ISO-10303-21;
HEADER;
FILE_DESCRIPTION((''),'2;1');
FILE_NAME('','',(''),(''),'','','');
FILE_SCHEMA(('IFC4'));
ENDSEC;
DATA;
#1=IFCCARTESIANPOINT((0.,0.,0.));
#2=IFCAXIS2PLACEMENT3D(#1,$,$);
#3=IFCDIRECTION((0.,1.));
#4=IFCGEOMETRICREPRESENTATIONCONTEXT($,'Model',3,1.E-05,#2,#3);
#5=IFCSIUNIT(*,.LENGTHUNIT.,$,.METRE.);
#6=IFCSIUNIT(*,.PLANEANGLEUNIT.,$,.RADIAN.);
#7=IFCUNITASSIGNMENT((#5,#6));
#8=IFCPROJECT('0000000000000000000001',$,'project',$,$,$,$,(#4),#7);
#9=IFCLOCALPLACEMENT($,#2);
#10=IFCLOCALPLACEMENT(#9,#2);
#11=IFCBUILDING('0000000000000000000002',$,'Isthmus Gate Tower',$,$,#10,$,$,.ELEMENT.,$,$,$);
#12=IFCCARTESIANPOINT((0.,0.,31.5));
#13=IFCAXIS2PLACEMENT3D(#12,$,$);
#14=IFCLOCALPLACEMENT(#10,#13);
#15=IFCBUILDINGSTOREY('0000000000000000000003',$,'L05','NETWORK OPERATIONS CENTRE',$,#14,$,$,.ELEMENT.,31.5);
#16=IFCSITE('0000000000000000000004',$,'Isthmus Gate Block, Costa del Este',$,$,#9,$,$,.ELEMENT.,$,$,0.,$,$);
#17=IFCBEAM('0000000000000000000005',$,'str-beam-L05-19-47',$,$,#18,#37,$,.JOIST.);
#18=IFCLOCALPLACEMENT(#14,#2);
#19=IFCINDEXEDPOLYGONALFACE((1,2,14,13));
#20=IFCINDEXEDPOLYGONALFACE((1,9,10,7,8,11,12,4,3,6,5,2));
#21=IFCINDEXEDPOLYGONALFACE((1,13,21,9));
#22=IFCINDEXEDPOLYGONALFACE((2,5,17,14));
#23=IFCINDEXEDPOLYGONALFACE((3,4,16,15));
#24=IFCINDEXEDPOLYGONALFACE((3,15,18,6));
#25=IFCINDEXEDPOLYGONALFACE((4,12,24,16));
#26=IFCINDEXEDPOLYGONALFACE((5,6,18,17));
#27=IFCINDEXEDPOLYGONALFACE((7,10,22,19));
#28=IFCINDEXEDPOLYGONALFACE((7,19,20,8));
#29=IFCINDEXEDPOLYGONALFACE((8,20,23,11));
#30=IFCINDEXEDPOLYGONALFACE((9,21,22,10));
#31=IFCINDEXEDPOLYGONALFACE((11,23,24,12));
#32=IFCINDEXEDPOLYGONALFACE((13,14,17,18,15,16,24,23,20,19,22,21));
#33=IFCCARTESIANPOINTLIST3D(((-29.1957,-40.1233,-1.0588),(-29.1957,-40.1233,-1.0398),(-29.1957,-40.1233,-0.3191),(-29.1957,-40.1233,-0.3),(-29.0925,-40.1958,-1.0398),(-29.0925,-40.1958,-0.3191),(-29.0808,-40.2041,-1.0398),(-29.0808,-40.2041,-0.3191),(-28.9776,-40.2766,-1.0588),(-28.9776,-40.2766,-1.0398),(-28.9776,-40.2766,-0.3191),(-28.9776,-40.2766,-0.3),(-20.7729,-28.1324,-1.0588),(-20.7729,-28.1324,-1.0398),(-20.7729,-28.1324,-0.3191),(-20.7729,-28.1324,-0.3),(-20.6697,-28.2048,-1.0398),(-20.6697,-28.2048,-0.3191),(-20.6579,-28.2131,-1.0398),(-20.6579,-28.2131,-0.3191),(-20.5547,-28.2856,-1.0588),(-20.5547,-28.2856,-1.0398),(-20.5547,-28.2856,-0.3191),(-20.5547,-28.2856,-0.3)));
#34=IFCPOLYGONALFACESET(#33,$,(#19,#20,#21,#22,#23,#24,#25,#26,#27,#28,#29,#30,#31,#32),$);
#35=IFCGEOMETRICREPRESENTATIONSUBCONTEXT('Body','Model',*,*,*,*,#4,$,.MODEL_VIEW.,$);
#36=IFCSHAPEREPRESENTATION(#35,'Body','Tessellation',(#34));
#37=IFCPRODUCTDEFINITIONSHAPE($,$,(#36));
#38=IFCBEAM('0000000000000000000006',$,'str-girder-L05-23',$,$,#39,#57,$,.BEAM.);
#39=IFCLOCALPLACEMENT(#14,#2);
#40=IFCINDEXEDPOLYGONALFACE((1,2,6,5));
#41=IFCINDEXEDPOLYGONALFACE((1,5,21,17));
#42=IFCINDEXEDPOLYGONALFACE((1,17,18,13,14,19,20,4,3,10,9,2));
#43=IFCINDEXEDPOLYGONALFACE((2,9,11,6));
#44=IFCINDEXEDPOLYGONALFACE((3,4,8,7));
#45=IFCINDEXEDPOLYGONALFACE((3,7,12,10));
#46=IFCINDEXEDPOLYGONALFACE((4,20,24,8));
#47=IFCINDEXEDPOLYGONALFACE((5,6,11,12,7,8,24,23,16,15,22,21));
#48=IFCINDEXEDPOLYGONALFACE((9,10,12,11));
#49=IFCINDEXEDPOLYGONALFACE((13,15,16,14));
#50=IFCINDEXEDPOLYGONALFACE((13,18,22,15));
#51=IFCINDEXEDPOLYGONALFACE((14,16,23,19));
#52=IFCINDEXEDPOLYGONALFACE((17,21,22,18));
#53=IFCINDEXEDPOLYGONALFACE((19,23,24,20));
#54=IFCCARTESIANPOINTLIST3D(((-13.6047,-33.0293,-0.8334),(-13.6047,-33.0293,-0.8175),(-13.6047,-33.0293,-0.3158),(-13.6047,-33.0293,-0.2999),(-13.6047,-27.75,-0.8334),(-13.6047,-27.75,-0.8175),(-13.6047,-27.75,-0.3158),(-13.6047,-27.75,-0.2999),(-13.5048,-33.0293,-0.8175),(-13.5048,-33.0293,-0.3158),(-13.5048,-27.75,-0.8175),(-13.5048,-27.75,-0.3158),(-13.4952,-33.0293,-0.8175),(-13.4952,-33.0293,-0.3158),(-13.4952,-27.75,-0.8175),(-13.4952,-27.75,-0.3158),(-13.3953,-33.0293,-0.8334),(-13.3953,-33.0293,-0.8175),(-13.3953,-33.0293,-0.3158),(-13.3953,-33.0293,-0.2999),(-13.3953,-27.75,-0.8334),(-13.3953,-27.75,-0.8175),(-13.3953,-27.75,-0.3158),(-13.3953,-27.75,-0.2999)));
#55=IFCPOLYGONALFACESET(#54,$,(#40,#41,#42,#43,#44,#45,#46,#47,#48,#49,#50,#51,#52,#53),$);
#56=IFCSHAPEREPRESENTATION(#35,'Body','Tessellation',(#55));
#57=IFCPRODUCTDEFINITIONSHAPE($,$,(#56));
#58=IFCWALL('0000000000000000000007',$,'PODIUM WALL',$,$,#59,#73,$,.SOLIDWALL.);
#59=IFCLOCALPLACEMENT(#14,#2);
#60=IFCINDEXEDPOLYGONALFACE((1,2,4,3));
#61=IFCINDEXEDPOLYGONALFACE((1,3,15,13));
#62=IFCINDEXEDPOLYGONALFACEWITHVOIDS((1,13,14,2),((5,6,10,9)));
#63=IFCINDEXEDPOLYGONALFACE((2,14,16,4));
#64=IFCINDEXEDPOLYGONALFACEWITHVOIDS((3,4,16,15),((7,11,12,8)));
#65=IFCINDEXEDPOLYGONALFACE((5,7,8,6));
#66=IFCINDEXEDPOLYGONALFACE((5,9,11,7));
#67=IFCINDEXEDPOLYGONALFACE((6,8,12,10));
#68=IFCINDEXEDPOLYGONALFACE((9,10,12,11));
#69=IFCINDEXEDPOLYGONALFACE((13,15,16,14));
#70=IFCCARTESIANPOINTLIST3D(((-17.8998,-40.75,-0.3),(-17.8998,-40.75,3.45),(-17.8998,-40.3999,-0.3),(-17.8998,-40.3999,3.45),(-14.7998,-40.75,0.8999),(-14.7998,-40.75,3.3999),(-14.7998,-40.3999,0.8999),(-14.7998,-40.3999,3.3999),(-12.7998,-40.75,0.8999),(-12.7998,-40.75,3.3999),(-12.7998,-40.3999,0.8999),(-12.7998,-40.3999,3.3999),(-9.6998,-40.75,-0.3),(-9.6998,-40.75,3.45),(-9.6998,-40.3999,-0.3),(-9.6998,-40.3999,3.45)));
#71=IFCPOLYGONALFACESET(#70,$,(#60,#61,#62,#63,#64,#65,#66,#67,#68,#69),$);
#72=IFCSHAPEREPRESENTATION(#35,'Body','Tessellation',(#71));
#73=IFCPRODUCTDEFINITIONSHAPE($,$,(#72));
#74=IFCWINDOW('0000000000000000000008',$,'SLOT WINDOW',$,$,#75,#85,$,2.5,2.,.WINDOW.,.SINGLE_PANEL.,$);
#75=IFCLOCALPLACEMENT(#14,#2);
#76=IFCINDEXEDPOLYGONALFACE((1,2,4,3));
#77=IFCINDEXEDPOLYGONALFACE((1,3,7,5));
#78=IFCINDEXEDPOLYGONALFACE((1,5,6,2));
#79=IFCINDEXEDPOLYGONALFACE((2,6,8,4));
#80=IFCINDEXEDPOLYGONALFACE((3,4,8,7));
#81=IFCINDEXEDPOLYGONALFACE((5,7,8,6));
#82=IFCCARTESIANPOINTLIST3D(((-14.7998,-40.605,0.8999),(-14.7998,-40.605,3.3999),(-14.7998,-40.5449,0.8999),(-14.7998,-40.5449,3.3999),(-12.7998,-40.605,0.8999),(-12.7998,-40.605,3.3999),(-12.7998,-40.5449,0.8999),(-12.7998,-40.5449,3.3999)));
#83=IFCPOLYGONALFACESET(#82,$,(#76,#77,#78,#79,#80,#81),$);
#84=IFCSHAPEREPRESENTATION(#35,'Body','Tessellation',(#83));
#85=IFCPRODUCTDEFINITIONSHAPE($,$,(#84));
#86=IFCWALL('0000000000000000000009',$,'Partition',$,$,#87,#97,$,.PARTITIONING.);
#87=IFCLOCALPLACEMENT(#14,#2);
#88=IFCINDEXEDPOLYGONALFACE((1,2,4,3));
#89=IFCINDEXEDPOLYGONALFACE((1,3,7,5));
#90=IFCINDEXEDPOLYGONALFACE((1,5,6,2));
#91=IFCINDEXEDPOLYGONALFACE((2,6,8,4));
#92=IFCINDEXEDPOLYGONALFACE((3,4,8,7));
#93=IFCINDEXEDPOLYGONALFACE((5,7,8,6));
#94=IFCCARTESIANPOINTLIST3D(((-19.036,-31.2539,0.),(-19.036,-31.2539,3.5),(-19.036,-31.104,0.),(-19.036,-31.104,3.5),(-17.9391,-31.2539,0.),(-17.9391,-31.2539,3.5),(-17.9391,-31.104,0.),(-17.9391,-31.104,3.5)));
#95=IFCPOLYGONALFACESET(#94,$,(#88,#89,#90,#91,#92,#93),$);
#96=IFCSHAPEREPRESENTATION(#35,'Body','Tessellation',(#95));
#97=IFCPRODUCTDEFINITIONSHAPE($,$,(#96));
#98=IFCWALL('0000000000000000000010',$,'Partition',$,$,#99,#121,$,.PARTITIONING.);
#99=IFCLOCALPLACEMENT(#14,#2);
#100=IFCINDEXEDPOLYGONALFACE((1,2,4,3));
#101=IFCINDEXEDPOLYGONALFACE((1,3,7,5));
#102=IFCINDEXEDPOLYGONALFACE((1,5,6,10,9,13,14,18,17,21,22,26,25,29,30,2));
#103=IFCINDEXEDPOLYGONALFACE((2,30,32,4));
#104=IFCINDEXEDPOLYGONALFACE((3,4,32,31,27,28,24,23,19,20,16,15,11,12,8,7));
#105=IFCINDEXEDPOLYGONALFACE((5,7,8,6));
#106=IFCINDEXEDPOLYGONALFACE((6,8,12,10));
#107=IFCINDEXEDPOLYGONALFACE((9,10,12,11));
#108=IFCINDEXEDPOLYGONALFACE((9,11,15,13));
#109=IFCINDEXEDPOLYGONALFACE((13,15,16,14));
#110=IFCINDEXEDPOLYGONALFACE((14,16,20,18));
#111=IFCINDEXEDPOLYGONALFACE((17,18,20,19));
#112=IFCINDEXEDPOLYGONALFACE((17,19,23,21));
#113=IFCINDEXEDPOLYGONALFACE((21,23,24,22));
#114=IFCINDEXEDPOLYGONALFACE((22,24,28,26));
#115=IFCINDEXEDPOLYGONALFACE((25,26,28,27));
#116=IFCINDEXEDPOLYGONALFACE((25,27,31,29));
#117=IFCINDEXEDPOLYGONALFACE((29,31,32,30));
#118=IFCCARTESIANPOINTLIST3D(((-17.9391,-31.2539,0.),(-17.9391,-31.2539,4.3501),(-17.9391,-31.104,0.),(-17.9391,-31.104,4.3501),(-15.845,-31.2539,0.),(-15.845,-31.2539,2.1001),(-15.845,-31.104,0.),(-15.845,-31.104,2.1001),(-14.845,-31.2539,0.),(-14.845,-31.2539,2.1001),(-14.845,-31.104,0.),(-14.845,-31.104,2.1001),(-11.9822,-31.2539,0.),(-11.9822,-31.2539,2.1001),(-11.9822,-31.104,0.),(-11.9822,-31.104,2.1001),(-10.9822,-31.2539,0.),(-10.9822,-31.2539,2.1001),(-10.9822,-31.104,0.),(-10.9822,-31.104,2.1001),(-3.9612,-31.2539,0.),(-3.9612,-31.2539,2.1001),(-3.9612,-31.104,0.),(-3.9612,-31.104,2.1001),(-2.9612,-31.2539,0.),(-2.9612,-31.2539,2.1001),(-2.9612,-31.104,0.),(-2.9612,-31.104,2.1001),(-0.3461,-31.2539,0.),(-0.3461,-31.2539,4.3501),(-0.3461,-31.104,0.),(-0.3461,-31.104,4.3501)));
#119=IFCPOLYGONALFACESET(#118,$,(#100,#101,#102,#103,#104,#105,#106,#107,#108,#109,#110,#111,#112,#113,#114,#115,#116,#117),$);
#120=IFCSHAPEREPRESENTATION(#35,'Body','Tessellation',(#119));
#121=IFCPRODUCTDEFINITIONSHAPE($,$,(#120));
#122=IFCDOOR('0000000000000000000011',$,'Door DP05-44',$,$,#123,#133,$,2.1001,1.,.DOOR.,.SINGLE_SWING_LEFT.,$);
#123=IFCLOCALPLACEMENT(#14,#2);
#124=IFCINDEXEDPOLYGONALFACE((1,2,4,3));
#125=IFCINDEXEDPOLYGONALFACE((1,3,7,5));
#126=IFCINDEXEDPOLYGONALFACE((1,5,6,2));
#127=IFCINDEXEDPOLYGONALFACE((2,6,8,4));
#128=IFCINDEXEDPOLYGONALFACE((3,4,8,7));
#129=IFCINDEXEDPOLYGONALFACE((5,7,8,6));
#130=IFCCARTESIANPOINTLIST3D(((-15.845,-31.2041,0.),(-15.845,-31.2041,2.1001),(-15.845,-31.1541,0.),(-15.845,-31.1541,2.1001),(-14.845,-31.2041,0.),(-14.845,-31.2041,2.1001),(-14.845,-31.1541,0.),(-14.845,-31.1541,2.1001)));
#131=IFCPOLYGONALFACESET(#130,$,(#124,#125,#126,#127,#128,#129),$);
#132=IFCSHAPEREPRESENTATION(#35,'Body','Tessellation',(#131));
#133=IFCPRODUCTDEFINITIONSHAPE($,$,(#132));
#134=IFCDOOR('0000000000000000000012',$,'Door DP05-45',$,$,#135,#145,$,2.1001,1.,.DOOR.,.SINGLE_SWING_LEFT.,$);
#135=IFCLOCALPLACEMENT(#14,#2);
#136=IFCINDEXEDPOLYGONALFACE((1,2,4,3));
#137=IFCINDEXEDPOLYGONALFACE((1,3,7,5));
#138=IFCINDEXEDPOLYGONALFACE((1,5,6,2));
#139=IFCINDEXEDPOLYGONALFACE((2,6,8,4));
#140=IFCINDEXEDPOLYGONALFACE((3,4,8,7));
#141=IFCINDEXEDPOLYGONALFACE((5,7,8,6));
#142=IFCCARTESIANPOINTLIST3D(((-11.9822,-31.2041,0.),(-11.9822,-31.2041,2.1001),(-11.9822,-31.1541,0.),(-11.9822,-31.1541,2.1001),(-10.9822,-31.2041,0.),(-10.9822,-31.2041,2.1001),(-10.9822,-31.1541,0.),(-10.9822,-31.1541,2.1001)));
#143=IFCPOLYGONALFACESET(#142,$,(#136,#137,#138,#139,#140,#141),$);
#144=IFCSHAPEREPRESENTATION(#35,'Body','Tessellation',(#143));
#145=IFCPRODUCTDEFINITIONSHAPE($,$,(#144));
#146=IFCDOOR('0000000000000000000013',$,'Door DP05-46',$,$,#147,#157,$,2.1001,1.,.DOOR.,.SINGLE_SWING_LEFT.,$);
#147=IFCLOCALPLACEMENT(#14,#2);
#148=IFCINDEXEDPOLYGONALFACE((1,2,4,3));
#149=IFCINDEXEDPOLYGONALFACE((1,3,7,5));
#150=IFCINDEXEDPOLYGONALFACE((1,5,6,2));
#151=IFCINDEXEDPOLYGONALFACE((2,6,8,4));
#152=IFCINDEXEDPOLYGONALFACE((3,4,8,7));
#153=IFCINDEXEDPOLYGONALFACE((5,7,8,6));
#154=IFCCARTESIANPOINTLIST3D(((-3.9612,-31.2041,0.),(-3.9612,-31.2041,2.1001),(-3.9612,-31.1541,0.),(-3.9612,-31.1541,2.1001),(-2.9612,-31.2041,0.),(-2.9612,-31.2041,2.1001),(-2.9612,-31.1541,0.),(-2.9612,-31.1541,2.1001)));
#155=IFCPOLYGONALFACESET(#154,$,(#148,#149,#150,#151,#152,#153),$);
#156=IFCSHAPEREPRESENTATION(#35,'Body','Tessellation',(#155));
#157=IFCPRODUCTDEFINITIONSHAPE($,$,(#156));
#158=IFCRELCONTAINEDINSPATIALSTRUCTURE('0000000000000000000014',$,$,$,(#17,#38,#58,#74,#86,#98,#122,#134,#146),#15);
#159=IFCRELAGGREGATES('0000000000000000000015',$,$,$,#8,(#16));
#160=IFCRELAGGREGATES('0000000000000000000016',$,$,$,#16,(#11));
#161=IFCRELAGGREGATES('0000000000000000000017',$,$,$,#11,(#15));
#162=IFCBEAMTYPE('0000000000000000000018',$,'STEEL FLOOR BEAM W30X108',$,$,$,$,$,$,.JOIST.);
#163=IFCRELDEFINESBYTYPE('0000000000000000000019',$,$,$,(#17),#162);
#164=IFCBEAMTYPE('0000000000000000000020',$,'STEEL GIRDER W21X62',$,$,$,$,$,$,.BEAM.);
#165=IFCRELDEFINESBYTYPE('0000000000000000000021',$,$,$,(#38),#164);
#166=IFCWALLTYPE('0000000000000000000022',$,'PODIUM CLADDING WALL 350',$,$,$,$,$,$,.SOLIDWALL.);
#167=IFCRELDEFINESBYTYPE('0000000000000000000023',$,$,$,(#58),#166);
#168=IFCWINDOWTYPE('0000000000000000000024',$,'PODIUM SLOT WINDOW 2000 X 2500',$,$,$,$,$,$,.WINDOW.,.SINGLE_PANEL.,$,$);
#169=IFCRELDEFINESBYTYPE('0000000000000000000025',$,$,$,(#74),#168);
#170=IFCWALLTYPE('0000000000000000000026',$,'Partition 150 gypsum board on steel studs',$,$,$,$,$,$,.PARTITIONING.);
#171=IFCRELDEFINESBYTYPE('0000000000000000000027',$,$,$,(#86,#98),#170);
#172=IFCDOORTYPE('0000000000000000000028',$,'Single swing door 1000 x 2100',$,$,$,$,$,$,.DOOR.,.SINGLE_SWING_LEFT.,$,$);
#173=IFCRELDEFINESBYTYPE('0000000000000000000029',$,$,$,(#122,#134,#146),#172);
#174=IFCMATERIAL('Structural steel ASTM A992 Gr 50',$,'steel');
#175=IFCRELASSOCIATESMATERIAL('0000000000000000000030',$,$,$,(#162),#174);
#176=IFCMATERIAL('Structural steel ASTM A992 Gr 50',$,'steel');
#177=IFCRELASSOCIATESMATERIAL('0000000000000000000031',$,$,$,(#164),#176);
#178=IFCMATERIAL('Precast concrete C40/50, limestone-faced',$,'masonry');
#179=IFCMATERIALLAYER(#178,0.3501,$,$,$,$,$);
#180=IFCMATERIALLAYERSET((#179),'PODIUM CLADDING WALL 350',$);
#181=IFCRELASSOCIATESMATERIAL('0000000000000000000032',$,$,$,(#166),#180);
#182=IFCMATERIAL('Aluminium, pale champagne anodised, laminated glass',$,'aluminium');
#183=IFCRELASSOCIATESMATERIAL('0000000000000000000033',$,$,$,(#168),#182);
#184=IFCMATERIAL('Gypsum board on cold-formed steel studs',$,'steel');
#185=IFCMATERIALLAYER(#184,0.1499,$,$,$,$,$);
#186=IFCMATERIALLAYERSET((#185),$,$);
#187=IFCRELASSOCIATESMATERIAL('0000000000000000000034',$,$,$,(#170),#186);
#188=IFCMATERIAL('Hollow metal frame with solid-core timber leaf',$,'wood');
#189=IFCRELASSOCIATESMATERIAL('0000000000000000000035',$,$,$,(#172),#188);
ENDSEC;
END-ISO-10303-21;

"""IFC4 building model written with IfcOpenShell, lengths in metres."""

from ifc_helpers import new_model, si_unit, direction, frame, frame_2d, origin, origin_2d, place, context, subcontext, project, spatial, rectangle, i_section, extrude, material, layer, layer_set, material_profile, profile_set, type_object, element, fill, save


model = new_model("IFC4")

# Units and contexts
model_context = context("Model", 3, precision=1e-05, world=origin(), true_north=direction((0.0, 1.0)))
body_context = subcontext(model_context, "Body", "Model", "MODEL_VIEW")
ifc_project = project(units=[si_unit("LENGTHUNIT", "METRE"), si_unit("PLANEANGLEUNIT", "RADIAN")], contexts=[model_context])

# Site, building, storey
site_placement = place(None, origin())
site = spatial("IfcSite", under=ifc_project, at=site_placement, Name="Isthmus Gate Block, Costa del Este", CompositionType="ELEMENT", RefElevation=0.0)
building_placement = place(site_placement, origin())
building = spatial("IfcBuilding", under=site, at=building_placement, Name="Isthmus Gate Tower", CompositionType="ELEMENT")
storey_placement = place(building_placement, frame((0.0, 0.0, 31.5)))
storey = spatial("IfcBuildingStorey", under=building, at=storey_placement, Name="L05", Description="NETWORK OPERATIONS CENTRE", CompositionType="ELEMENT", Elevation=31.5)

# Beams
ifc_material_1 = material(Name="Structural steel ASTM A992 Gr 50", Category="steel")
ifc_material_profile_1 = material_profile(ifc_material_1, i_section(OverallWidth=0.2666, OverallDepth=0.7588, WebThickness=0.0144, FlangeThickness=0.019, at=origin_2d()), Name="W30X108")
ifc_profile_set_1 = profile_set([ifc_material_profile_1], Name="Structural steel ASTM A992 Gr 50")
beam_type_1 = type_object("IfcBeamType", Name="STEEL FLOOR BEAM W30X108", PredefinedType="JOIST", material=ifc_profile_set_1)
beam_1_placement = place(storey_placement, frame((-20.6638, -28.209, -0.6794), z_axis=(-0.574798, -0.818295, 0.0), x_axis=(0.818295, -0.574798, 0.0)))
element("IfcBeam", 1, at=beam_1_placement, inside=storey, type_object=beam_type_1, Name="str-beam-L05-19-47", PredefinedType="JOIST", context=body_context, shape_type="SweptSolid", body=[
    extrude(i_section(OverallWidth=0.2666, OverallDepth=0.7588, WebThickness=0.0144, FlangeThickness=0.019, at=origin_2d()), origin(), (0.0, 0.0, 1.0), 14.6536),
])
ifc_material_2 = material(Name="Structural steel ASTM A992 Gr 50", Category="steel")
ifc_material_profile_2 = material_profile(ifc_material_2, i_section(OverallWidth=0.2095, OverallDepth=0.5334, WebThickness=0.0095, FlangeThickness=0.0159, at=origin_2d()), Name="W21X62")
ifc_profile_set_2 = profile_set([ifc_material_profile_2], Name="Structural steel ASTM A992 Gr 50")
beam_type_2 = type_object("IfcBeamType", Name="STEEL GIRDER W21X62", PredefinedType="BEAM", material=ifc_profile_set_2)
beam_2_placement = place(storey_placement, frame((-13.5, -33.0293, -0.5667), z_axis=(0.0, 1.0, 0.0), x_axis=(-1.0, 0.0, 0.0)))
element("IfcBeam", 2, at=beam_2_placement, inside=storey, type_object=beam_type_2, Name="str-girder-L05-23", PredefinedType="BEAM", context=body_context, shape_type="SweptSolid", body=[
    extrude(i_section(OverallWidth=0.2095, OverallDepth=0.5334, WebThickness=0.0095, FlangeThickness=0.0159, at=origin_2d()), origin(), (0.0, 0.0, 1.0), 5.2793),
])

# Wall, opening, window
ifc_material_3 = material(Name="Precast concrete C40/50, limestone-faced", Category="masonry")
ifc_layer_1 = layer(ifc_material_3, 0.3501)
ifc_layer_set_1 = layer_set([ifc_layer_1], Name="PODIUM CLADDING WALL 350")
wall_type_1 = type_object("IfcWallType", Name="PODIUM CLADDING WALL 350", PredefinedType="SOLIDWALL", material=ifc_layer_set_1)
wall_1_placement = place(storey_placement, frame((-17.8999, -40.575, -0.3), z_axis=(0.0, 0.0, 1.0), x_axis=(1.0, 0.0, 0.0)))
wall_1 = element("IfcWall", 3, at=wall_1_placement, inside=storey, type_object=wall_type_1, Name="PODIUM WALL", PredefinedType="SOLIDWALL", context=body_context, shape_type="SweptSolid", body=[
    extrude(rectangle(XDim=8.2, YDim=0.3501, at=frame_2d((4.1001, 0.0))), origin(), (0.0, 0.0, 1.0), 3.75),
])
opening_1_placement = place(wall_1_placement, frame((3.1001, 0.0, 1.2)))
opening_1 = element("IfcOpeningElement", 4, at=opening_1_placement, cuts=wall_1, PredefinedType="OPENING", context=body_context, shape_type="SweptSolid", body=[
    extrude(rectangle(XDim=2.0, YDim=2.5, at=frame_2d((1.0, 1.25))), frame((0.0, 0.1851, 0.0), z_axis=(0.0, -1.0, 0.0), x_axis=(1.0, 0.0, 0.0)), (0.0, 0.0, 1.0), 0.3701),
])
ifc_material_4 = material(Name="Aluminium, pale champagne anodised, laminated glass", Category="aluminium")
window_type = type_object("IfcWindowType", Name="PODIUM SLOT WINDOW 2000 X 2500", PartitioningType="SINGLE_PANEL", PredefinedType="WINDOW", material=ifc_material_4)
window_placement = place(opening_1_placement, origin())
window = element("IfcWindow", 5, at=window_placement, inside=storey, type_object=window_type, Name="SLOT WINDOW", OverallHeight=2.5, OverallWidth=2.0, PartitioningType="SINGLE_PANEL", PredefinedType="WINDOW", context=body_context, shape_type="SweptSolid", body=[
    extrude(rectangle(XDim=2.0, YDim=2.5, at=frame_2d((1.0, 1.25))), frame((0.0, 0.03, 0.0), z_axis=(0.0, -1.0, 0.0), x_axis=(1.0, 0.0, 0.0)), (0.0, 0.0, 1.0), 0.0601),
])
fill(opening_1, window)

# Wall
ifc_material_5 = material(Name="Gypsum board on cold-formed steel studs", Category="steel")
ifc_layer_2 = layer(ifc_material_5, 0.1499)
ifc_layer_set_2 = layer_set([ifc_layer_2])
wall_type_2 = type_object("IfcWallType", Name="Partition 150 gypsum board on steel studs", PredefinedType="PARTITIONING", material=ifc_layer_set_2)
wall_2_placement = place(storey_placement, frame((-19.0359, -31.179, 0.0), z_axis=(0.0, 0.0, 1.0), x_axis=(1.0, 0.0, 0.0)))
element("IfcWall", 6, at=wall_2_placement, inside=storey, type_object=wall_type_2, Name="Partition", PredefinedType="PARTITIONING", context=body_context, shape_type="SweptSolid", body=[
    extrude(rectangle(XDim=1.0969, YDim=0.1499, at=frame_2d((0.5483, 0.0))), origin(), (0.0, 0.0, 1.0), 3.5),
])

# Wall, openings, doors
wall_3_placement = place(storey_placement, frame((-17.939, -31.179, 0.0), z_axis=(0.0, 0.0, 1.0), x_axis=(1.0, 0.0, 0.0)))
wall_3 = element("IfcWall", 7, at=wall_3_placement, inside=storey, type_object=wall_type_2, Name="Partition", PredefinedType="PARTITIONING", context=body_context, shape_type="SweptSolid", body=[
    extrude(rectangle(XDim=17.593, YDim=0.1499, at=frame_2d((8.7964, 0.0))), origin(), (0.0, 0.0, 1.0), 4.3501),
])
opening_2_placement = place(wall_3_placement, frame((2.094, 0.0, 0.0)))
opening_2 = element("IfcOpeningElement", 8, at=opening_2_placement, cuts=wall_3, PredefinedType="OPENING", context=body_context, shape_type="SweptSolid", body=[
    extrude(rectangle(XDim=1.0, YDim=2.1001, at=frame_2d((0.5, 1.05))), frame((0.0, 0.085, 0.0), z_axis=(0.0, -1.0, 0.0), x_axis=(1.0, 0.0, 0.0)), (0.0, 0.0, 1.0), 0.1699),
])
opening_3_placement = place(wall_3_placement, frame((5.9568, 0.0, 0.0)))
opening_3 = element("IfcOpeningElement", 9, at=opening_3_placement, cuts=wall_3, PredefinedType="OPENING", context=body_context, shape_type="SweptSolid", body=[
    extrude(rectangle(XDim=1.0, YDim=2.1001, at=frame_2d((0.5, 1.05))), frame((0.0, 0.085, 0.0), z_axis=(0.0, -1.0, 0.0), x_axis=(1.0, 0.0, 0.0)), (0.0, 0.0, 1.0), 0.1699),
])
opening_4_placement = place(wall_3_placement, frame((13.9778, 0.0, 0.0)))
opening_4 = element("IfcOpeningElement", 10, at=opening_4_placement, cuts=wall_3, PredefinedType="OPENING", context=body_context, shape_type="SweptSolid", body=[
    extrude(rectangle(XDim=1.0, YDim=2.1001, at=frame_2d((0.5, 1.05))), frame((0.0, 0.085, 0.0), z_axis=(0.0, -1.0, 0.0), x_axis=(1.0, 0.0, 0.0)), (0.0, 0.0, 1.0), 0.1699),
])
ifc_material_6 = material(Name="Hollow metal frame with solid-core timber leaf", Category="wood")
door_type = type_object("IfcDoorType", Name="Single swing door 1000 x 2100", OperationType="SINGLE_SWING_LEFT", PredefinedType="DOOR", material=ifc_material_6)
door_1_placement = place(opening_2_placement, origin())
door_1 = element("IfcDoor", 11, at=door_1_placement, inside=storey, type_object=door_type, Name="Door DP05-44", OperationType="SINGLE_SWING_LEFT", OverallHeight=2.1001, OverallWidth=1.0, PredefinedType="DOOR", context=body_context, shape_type="SweptSolid", body=[
    extrude(rectangle(XDim=1.0, YDim=2.1001, at=frame_2d((0.5, 1.05))), frame((0.0, 0.0249, 0.0), z_axis=(0.0, -1.0, 0.0), x_axis=(1.0, 0.0, 0.0)), (0.0, 0.0, 1.0), 0.05),
])
fill(opening_2, door_1)
door_2_placement = place(opening_3_placement, origin())
door_2 = element("IfcDoor", 12, at=door_2_placement, inside=storey, type_object=door_type, Name="Door DP05-45", OperationType="SINGLE_SWING_LEFT", OverallHeight=2.1001, OverallWidth=1.0, PredefinedType="DOOR", context=body_context, shape_type="SweptSolid", body=[
    extrude(rectangle(XDim=1.0, YDim=2.1001, at=frame_2d((0.5, 1.05))), frame((0.0, 0.0249, 0.0), z_axis=(0.0, -1.0, 0.0), x_axis=(1.0, 0.0, 0.0)), (0.0, 0.0, 1.0), 0.05),
])
fill(opening_3, door_2)
door_3_placement = place(opening_4_placement, origin())
door_3 = element("IfcDoor", 13, at=door_3_placement, inside=storey, type_object=door_type, Name="Door DP05-46", OperationType="SINGLE_SWING_LEFT", OverallHeight=2.1001, OverallWidth=1.0, PredefinedType="DOOR", context=body_context, shape_type="SweptSolid", body=[
    extrude(rectangle(XDim=1.0, YDim=2.1001, at=frame_2d((0.5, 1.05))), frame((0.0, 0.0249, 0.0), z_axis=(0.0, -1.0, 0.0), x_axis=(1.0, 0.0, 0.0)), (0.0, 0.0, 1.0), 0.05),
])
fill(opening_4, door_3)

save(model, "model.ifc")
